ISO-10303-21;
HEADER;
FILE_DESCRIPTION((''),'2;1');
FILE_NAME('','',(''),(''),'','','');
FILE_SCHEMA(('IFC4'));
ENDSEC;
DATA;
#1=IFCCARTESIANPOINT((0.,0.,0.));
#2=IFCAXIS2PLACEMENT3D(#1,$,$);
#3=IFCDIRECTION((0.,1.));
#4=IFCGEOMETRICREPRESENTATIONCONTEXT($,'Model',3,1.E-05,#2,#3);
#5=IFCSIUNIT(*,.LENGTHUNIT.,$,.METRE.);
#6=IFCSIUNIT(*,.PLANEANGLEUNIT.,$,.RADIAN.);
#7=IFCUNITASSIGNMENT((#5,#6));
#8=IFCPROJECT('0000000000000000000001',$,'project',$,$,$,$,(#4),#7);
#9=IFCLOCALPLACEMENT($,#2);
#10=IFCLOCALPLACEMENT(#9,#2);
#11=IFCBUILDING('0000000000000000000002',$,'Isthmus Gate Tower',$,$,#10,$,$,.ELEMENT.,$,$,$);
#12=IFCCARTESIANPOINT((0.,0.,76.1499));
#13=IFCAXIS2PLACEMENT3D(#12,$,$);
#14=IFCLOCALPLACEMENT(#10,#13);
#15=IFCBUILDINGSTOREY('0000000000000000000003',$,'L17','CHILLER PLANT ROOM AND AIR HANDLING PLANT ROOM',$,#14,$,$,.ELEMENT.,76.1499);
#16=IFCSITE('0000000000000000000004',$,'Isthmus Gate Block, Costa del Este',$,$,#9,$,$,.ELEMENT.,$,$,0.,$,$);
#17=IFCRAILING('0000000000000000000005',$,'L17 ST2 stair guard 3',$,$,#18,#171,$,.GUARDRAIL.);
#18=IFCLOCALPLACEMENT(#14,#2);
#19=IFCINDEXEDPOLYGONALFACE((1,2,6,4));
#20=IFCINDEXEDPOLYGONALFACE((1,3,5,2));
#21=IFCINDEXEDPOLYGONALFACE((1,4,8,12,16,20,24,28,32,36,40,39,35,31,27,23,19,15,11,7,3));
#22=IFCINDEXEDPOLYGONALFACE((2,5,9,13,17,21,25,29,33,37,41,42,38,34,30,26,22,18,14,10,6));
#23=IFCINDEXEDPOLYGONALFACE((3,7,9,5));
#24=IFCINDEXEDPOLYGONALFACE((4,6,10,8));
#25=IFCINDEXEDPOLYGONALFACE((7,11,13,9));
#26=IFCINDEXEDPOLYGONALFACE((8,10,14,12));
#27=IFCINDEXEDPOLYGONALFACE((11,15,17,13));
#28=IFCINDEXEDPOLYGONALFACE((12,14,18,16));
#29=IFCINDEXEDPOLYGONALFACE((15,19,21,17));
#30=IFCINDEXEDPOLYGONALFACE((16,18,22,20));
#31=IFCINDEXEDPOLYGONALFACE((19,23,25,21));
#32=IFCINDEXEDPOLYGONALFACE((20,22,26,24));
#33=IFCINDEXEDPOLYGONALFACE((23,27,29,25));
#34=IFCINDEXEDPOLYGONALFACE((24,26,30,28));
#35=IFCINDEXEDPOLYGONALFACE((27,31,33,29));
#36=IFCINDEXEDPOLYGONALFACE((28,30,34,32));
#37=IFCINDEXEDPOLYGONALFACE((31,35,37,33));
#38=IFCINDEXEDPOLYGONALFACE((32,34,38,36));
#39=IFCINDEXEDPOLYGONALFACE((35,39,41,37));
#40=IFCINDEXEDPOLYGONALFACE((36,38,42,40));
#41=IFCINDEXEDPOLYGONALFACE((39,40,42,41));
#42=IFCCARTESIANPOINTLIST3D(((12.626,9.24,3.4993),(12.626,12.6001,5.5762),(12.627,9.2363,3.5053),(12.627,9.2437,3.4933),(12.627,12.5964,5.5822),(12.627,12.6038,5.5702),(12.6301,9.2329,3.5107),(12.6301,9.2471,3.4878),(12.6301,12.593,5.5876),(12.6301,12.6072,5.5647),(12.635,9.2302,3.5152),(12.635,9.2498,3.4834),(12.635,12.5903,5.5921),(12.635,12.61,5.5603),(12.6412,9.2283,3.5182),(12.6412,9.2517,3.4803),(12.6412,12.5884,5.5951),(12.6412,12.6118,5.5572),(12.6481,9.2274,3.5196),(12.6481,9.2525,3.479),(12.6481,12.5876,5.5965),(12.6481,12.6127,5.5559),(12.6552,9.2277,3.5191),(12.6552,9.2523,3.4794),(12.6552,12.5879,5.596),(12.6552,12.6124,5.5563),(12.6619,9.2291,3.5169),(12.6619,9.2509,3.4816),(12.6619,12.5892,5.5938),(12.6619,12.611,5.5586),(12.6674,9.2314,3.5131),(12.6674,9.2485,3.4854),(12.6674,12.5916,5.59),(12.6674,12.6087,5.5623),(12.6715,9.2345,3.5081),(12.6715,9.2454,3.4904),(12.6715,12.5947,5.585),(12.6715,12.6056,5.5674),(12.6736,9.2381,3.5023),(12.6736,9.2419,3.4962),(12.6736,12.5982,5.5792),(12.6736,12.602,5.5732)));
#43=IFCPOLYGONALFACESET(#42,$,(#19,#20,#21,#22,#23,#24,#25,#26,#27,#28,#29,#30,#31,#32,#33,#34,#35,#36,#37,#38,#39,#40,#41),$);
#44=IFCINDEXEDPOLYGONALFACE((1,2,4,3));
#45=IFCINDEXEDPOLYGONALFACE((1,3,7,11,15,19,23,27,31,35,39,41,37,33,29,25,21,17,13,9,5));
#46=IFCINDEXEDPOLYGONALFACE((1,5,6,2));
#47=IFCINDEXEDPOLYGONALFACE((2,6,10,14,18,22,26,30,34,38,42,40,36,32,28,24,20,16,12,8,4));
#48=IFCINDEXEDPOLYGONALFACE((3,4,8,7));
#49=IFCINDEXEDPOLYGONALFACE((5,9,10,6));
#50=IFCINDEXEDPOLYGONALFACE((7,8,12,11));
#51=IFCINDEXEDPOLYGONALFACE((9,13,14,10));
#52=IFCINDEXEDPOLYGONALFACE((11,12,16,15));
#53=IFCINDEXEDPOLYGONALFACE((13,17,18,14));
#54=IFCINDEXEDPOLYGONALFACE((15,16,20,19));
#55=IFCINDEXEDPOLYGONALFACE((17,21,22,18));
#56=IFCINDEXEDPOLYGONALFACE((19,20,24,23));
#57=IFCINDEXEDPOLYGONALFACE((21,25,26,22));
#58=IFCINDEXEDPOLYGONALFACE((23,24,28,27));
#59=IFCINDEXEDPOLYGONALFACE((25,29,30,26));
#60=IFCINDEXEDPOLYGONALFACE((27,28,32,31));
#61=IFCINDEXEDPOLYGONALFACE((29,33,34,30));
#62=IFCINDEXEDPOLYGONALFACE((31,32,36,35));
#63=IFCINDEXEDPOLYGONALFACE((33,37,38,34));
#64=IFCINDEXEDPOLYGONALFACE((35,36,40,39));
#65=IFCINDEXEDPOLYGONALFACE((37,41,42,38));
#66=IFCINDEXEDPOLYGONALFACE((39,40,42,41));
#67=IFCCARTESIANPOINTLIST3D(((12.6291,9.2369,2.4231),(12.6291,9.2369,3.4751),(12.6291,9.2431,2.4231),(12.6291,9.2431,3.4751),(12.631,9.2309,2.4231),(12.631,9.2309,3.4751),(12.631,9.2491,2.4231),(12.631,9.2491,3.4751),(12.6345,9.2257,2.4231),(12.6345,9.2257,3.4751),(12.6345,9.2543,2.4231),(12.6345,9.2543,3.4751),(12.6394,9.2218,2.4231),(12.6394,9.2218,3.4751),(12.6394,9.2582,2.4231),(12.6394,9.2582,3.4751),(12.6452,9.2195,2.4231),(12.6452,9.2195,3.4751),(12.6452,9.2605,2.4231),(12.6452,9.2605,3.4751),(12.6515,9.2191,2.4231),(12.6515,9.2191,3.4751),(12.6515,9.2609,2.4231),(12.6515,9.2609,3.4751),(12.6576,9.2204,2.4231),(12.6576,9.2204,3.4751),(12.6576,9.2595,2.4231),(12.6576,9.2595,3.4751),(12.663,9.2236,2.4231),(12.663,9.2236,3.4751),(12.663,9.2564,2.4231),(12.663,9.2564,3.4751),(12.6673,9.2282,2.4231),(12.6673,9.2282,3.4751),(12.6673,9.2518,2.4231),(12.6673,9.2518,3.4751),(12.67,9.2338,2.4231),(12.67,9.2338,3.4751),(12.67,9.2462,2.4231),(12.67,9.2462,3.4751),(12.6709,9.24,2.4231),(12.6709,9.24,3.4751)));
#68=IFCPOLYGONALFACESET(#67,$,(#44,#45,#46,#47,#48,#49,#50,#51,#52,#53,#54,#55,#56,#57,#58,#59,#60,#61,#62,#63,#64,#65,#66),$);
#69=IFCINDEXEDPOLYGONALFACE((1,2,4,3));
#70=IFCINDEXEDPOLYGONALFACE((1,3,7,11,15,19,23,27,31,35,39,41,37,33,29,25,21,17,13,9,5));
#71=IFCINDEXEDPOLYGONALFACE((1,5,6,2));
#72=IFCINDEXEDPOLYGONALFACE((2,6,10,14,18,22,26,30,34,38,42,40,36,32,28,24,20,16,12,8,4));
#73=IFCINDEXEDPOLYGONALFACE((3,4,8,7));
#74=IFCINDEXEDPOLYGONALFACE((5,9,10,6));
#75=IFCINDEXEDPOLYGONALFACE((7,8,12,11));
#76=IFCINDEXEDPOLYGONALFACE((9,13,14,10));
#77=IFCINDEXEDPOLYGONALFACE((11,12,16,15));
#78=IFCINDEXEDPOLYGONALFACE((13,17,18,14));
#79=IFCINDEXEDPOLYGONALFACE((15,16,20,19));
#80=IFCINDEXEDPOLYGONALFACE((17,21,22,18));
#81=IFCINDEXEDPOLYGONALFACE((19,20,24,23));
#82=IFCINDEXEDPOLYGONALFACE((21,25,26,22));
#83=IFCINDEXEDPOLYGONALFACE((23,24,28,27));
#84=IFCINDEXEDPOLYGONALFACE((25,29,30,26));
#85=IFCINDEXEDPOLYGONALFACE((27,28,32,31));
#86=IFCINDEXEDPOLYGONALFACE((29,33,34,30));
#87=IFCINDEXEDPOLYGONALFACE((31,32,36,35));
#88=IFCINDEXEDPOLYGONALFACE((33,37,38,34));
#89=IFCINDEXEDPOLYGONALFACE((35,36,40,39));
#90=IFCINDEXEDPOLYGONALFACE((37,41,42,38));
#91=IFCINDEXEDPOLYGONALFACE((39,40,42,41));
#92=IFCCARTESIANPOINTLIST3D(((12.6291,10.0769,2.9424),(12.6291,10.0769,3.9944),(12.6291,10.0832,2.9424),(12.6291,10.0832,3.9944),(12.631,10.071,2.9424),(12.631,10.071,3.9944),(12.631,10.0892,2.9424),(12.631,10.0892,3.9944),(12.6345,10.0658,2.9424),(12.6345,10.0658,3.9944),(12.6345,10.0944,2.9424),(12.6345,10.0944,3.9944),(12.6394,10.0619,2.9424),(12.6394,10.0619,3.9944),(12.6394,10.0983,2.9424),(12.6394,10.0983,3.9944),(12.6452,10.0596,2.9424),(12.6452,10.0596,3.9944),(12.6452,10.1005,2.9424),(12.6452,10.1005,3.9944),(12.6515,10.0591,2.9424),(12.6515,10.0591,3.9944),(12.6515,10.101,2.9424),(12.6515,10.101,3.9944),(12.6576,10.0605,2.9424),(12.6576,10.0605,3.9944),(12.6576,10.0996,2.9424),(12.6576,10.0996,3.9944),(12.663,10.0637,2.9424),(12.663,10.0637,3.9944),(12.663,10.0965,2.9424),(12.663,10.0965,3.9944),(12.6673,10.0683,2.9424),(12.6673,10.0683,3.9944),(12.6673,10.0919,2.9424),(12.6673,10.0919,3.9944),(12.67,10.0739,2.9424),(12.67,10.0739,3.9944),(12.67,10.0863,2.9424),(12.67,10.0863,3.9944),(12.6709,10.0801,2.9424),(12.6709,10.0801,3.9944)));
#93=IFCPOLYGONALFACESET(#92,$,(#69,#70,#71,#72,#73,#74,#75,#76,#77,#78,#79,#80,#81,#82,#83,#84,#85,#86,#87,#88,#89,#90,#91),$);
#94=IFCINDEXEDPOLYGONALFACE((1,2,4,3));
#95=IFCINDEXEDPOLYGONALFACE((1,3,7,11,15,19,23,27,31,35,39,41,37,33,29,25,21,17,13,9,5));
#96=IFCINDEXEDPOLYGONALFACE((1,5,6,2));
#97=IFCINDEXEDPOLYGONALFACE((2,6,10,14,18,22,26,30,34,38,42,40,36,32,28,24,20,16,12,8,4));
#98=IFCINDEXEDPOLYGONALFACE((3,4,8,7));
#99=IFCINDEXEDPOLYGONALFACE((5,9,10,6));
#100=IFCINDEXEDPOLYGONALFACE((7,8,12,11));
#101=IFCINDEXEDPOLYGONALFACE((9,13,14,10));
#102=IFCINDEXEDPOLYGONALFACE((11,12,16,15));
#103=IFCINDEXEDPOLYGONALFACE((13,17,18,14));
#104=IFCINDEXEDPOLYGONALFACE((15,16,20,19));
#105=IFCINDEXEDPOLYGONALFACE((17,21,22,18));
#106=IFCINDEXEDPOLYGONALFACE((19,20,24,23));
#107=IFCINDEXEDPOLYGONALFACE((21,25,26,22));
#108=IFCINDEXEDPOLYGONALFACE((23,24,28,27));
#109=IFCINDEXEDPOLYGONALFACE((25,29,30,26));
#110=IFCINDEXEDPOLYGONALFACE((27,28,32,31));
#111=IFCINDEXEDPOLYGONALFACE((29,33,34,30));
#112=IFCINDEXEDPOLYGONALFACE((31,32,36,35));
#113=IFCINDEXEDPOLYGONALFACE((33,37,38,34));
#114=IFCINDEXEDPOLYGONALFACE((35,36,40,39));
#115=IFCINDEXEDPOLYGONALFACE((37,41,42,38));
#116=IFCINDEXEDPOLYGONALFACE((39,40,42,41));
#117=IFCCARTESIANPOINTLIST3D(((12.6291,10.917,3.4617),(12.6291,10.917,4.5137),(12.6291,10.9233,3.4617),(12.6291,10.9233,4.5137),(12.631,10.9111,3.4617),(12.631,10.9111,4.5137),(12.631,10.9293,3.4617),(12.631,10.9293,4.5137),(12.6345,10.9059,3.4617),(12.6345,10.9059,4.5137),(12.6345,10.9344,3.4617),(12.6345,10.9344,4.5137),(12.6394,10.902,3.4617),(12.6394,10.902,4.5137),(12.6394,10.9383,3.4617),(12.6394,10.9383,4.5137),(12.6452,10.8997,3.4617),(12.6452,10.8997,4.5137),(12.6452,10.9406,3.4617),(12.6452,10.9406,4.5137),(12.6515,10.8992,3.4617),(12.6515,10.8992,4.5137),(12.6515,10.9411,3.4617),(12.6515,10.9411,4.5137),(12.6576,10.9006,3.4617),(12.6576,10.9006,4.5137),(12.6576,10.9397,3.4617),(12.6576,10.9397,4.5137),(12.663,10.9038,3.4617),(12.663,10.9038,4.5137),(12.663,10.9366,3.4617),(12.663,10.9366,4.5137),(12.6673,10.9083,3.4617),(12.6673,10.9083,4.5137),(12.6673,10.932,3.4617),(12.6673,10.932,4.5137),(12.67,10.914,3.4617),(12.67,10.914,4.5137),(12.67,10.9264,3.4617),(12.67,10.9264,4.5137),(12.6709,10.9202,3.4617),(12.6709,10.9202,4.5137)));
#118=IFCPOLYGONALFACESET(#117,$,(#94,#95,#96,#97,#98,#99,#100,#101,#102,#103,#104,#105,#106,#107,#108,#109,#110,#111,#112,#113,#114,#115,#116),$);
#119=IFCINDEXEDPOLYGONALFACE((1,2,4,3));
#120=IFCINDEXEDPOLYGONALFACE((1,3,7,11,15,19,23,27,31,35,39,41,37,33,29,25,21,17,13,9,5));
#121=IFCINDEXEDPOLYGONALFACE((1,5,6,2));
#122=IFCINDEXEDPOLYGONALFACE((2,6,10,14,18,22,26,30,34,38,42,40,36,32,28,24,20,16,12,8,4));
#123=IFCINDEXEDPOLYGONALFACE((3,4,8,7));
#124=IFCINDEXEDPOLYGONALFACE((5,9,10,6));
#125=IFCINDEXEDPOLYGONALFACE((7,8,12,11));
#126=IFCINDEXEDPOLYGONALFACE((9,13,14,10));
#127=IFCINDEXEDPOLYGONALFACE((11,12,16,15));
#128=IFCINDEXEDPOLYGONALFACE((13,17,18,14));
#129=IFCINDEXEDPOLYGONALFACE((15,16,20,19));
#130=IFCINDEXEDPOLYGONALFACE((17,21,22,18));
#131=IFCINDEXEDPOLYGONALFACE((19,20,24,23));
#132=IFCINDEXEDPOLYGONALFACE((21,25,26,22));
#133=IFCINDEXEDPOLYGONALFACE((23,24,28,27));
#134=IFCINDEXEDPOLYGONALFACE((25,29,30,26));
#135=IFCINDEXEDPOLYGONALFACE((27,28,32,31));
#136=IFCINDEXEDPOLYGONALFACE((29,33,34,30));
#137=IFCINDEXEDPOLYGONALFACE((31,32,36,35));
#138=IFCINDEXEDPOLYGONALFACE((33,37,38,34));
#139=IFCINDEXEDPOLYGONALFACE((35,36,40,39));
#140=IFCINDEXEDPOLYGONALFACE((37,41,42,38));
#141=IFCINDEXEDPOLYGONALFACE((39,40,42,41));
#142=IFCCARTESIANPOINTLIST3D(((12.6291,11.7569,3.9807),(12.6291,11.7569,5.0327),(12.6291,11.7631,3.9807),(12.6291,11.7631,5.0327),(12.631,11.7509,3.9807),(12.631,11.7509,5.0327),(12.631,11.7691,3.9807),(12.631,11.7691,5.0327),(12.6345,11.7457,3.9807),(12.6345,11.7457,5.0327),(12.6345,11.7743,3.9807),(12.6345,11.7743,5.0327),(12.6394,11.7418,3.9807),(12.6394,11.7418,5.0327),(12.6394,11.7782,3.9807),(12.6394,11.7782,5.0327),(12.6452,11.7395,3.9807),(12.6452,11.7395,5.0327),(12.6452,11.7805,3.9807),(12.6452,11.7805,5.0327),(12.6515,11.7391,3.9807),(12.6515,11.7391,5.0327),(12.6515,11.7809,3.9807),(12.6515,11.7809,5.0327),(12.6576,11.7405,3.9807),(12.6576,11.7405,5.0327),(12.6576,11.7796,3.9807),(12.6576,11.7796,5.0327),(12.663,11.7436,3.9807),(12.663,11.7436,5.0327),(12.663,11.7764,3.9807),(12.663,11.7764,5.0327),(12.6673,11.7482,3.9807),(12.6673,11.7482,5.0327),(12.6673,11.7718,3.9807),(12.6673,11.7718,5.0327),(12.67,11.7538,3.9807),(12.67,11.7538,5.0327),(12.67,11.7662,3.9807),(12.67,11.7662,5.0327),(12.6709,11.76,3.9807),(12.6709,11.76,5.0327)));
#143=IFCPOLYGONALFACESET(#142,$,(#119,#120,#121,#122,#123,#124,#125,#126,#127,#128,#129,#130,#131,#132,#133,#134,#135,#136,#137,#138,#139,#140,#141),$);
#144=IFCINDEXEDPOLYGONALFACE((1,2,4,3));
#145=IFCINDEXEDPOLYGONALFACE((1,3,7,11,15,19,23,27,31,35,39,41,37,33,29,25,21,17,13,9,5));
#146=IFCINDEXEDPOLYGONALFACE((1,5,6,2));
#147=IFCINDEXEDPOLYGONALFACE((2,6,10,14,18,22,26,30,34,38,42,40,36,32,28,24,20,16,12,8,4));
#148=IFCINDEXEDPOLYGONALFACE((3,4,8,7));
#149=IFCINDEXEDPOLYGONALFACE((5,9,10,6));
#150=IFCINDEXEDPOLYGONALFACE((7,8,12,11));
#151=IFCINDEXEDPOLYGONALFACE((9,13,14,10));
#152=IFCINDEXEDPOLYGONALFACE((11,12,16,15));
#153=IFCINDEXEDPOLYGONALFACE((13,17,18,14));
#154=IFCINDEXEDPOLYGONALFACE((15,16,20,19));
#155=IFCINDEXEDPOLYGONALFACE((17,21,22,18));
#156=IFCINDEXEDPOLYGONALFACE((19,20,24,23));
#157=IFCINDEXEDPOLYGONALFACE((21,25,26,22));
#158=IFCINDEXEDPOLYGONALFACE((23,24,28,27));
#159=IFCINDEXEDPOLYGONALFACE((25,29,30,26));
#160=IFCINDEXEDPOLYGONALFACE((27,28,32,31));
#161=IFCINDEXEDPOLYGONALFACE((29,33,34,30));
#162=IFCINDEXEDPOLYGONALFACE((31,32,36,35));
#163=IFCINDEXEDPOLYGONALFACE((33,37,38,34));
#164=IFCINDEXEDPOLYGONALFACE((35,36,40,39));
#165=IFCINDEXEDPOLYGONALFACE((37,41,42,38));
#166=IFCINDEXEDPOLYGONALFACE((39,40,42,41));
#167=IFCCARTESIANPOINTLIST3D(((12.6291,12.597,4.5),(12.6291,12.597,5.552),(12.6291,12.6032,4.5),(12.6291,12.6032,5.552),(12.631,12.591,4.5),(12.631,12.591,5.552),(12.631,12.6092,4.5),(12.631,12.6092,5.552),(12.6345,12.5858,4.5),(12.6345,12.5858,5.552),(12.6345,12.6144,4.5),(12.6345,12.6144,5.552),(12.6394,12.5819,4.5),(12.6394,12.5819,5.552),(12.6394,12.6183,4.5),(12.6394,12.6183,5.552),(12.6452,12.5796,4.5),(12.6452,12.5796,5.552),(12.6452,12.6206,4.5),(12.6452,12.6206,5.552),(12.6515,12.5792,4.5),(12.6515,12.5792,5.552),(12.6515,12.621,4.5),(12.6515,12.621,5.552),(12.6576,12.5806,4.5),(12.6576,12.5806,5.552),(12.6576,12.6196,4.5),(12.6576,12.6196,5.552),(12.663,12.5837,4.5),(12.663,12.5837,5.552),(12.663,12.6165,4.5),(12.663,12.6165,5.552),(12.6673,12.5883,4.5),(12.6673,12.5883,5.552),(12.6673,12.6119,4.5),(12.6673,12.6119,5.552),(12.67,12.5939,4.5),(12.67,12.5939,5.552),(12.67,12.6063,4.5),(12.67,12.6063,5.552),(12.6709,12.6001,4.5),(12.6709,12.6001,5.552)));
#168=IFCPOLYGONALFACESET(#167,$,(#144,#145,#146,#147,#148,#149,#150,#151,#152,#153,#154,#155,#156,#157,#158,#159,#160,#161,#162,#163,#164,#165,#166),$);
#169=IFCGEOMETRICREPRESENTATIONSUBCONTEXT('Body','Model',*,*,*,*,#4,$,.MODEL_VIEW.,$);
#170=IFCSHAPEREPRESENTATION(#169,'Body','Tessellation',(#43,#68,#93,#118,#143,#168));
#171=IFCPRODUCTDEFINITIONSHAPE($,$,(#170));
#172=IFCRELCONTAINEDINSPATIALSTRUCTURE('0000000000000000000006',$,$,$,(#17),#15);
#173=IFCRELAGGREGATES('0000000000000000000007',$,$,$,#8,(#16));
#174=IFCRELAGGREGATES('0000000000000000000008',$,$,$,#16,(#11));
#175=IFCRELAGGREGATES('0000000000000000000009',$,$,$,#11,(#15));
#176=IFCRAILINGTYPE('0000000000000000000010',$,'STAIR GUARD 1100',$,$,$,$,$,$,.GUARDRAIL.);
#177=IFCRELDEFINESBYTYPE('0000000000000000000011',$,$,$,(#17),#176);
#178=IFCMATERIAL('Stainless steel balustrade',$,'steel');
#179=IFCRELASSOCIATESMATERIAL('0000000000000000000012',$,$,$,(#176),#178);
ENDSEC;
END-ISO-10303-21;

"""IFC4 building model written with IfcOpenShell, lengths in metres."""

from ifc_helpers import new_model, si_unit, direction, frame, origin, origin_2d, place, context, subcontext, project, spatial, circle, extrude, material, type_object, element, save


model = new_model("IFC4")

# Units and contexts
model_context = context("Model", 3, precision=1e-05, world=origin(), true_north=direction((0.0, 1.0)))
body_context = subcontext(model_context, "Body", "Model", "MODEL_VIEW")
ifc_project = project(units=[si_unit("LENGTHUNIT", "METRE"), si_unit("PLANEANGLEUNIT", "RADIAN")], contexts=[model_context])

# Site, building, storey
site_placement = place(None, origin())
site = spatial("IfcSite", under=ifc_project, at=site_placement, Name="Isthmus Gate Block, Costa del Este", CompositionType="ELEMENT", RefElevation=0.0)
building_placement = place(site_placement, origin())
building = spatial("IfcBuilding", under=site, at=building_placement, Name="Isthmus Gate Tower", CompositionType="ELEMENT")
storey_placement = place(building_placement, frame((0.0, 0.0, 76.1499)))
storey = spatial("IfcBuildingStorey", under=building, at=storey_placement, Name="L17", Description="CHILLER PLANT ROOM AND AIR HANDLING PLANT ROOM", CompositionType="ELEMENT", Elevation=76.1499)

# Railing
ifc_material_1 = material(Name="Stainless steel balustrade", Category="steel")
railing_type_1 = type_object("IfcRailingType", Name="STAIR GUARD 1100", PredefinedType="GUARDRAIL", material=ifc_material_1)
railing_1_placement = place(storey_placement, frame((12.6499, 9.24, 2.4231)))
element("IfcRailing", 1, at=railing_1_placement, inside=storey, type_object=railing_type_1, Name="L17 ST2 stair guard 3", PredefinedType="GUARDRAIL", context=body_context, shape_type="SweptSolid", body=[
    extrude(circle(Radius=0.0239, at=origin_2d()), frame((0.0, 0.0, 1.0762), z_axis=(0.0, 0.850623, 0.525776), x_axis=(-1.0, 0.0, 0.0)), (0.0, 0.0, 1.0), 3.9502),
    extrude(circle(Radius=0.021, at=origin_2d()), origin(), (0.0, 0.0, 1.0), 1.052),
    extrude(circle(Radius=0.021, at=origin_2d()), frame((0.0, 0.8401, 0.5193)), (0.0, 0.0, 1.0), 1.052),
    extrude(circle(Radius=0.021, at=origin_2d()), frame((0.0, 1.6802, 1.0386)), (0.0, 0.0, 1.0), 1.052),
    extrude(circle(Radius=0.021, at=origin_2d()), frame((0.0, 2.52, 1.5576)), (0.0, 0.0, 1.0), 1.052),
    extrude(circle(Radius=0.021, at=origin_2d()), frame((0.0, 3.3601, 2.0769)), (0.0, 0.0, 1.0), 1.052),
])

save(model, "model.ifc")
